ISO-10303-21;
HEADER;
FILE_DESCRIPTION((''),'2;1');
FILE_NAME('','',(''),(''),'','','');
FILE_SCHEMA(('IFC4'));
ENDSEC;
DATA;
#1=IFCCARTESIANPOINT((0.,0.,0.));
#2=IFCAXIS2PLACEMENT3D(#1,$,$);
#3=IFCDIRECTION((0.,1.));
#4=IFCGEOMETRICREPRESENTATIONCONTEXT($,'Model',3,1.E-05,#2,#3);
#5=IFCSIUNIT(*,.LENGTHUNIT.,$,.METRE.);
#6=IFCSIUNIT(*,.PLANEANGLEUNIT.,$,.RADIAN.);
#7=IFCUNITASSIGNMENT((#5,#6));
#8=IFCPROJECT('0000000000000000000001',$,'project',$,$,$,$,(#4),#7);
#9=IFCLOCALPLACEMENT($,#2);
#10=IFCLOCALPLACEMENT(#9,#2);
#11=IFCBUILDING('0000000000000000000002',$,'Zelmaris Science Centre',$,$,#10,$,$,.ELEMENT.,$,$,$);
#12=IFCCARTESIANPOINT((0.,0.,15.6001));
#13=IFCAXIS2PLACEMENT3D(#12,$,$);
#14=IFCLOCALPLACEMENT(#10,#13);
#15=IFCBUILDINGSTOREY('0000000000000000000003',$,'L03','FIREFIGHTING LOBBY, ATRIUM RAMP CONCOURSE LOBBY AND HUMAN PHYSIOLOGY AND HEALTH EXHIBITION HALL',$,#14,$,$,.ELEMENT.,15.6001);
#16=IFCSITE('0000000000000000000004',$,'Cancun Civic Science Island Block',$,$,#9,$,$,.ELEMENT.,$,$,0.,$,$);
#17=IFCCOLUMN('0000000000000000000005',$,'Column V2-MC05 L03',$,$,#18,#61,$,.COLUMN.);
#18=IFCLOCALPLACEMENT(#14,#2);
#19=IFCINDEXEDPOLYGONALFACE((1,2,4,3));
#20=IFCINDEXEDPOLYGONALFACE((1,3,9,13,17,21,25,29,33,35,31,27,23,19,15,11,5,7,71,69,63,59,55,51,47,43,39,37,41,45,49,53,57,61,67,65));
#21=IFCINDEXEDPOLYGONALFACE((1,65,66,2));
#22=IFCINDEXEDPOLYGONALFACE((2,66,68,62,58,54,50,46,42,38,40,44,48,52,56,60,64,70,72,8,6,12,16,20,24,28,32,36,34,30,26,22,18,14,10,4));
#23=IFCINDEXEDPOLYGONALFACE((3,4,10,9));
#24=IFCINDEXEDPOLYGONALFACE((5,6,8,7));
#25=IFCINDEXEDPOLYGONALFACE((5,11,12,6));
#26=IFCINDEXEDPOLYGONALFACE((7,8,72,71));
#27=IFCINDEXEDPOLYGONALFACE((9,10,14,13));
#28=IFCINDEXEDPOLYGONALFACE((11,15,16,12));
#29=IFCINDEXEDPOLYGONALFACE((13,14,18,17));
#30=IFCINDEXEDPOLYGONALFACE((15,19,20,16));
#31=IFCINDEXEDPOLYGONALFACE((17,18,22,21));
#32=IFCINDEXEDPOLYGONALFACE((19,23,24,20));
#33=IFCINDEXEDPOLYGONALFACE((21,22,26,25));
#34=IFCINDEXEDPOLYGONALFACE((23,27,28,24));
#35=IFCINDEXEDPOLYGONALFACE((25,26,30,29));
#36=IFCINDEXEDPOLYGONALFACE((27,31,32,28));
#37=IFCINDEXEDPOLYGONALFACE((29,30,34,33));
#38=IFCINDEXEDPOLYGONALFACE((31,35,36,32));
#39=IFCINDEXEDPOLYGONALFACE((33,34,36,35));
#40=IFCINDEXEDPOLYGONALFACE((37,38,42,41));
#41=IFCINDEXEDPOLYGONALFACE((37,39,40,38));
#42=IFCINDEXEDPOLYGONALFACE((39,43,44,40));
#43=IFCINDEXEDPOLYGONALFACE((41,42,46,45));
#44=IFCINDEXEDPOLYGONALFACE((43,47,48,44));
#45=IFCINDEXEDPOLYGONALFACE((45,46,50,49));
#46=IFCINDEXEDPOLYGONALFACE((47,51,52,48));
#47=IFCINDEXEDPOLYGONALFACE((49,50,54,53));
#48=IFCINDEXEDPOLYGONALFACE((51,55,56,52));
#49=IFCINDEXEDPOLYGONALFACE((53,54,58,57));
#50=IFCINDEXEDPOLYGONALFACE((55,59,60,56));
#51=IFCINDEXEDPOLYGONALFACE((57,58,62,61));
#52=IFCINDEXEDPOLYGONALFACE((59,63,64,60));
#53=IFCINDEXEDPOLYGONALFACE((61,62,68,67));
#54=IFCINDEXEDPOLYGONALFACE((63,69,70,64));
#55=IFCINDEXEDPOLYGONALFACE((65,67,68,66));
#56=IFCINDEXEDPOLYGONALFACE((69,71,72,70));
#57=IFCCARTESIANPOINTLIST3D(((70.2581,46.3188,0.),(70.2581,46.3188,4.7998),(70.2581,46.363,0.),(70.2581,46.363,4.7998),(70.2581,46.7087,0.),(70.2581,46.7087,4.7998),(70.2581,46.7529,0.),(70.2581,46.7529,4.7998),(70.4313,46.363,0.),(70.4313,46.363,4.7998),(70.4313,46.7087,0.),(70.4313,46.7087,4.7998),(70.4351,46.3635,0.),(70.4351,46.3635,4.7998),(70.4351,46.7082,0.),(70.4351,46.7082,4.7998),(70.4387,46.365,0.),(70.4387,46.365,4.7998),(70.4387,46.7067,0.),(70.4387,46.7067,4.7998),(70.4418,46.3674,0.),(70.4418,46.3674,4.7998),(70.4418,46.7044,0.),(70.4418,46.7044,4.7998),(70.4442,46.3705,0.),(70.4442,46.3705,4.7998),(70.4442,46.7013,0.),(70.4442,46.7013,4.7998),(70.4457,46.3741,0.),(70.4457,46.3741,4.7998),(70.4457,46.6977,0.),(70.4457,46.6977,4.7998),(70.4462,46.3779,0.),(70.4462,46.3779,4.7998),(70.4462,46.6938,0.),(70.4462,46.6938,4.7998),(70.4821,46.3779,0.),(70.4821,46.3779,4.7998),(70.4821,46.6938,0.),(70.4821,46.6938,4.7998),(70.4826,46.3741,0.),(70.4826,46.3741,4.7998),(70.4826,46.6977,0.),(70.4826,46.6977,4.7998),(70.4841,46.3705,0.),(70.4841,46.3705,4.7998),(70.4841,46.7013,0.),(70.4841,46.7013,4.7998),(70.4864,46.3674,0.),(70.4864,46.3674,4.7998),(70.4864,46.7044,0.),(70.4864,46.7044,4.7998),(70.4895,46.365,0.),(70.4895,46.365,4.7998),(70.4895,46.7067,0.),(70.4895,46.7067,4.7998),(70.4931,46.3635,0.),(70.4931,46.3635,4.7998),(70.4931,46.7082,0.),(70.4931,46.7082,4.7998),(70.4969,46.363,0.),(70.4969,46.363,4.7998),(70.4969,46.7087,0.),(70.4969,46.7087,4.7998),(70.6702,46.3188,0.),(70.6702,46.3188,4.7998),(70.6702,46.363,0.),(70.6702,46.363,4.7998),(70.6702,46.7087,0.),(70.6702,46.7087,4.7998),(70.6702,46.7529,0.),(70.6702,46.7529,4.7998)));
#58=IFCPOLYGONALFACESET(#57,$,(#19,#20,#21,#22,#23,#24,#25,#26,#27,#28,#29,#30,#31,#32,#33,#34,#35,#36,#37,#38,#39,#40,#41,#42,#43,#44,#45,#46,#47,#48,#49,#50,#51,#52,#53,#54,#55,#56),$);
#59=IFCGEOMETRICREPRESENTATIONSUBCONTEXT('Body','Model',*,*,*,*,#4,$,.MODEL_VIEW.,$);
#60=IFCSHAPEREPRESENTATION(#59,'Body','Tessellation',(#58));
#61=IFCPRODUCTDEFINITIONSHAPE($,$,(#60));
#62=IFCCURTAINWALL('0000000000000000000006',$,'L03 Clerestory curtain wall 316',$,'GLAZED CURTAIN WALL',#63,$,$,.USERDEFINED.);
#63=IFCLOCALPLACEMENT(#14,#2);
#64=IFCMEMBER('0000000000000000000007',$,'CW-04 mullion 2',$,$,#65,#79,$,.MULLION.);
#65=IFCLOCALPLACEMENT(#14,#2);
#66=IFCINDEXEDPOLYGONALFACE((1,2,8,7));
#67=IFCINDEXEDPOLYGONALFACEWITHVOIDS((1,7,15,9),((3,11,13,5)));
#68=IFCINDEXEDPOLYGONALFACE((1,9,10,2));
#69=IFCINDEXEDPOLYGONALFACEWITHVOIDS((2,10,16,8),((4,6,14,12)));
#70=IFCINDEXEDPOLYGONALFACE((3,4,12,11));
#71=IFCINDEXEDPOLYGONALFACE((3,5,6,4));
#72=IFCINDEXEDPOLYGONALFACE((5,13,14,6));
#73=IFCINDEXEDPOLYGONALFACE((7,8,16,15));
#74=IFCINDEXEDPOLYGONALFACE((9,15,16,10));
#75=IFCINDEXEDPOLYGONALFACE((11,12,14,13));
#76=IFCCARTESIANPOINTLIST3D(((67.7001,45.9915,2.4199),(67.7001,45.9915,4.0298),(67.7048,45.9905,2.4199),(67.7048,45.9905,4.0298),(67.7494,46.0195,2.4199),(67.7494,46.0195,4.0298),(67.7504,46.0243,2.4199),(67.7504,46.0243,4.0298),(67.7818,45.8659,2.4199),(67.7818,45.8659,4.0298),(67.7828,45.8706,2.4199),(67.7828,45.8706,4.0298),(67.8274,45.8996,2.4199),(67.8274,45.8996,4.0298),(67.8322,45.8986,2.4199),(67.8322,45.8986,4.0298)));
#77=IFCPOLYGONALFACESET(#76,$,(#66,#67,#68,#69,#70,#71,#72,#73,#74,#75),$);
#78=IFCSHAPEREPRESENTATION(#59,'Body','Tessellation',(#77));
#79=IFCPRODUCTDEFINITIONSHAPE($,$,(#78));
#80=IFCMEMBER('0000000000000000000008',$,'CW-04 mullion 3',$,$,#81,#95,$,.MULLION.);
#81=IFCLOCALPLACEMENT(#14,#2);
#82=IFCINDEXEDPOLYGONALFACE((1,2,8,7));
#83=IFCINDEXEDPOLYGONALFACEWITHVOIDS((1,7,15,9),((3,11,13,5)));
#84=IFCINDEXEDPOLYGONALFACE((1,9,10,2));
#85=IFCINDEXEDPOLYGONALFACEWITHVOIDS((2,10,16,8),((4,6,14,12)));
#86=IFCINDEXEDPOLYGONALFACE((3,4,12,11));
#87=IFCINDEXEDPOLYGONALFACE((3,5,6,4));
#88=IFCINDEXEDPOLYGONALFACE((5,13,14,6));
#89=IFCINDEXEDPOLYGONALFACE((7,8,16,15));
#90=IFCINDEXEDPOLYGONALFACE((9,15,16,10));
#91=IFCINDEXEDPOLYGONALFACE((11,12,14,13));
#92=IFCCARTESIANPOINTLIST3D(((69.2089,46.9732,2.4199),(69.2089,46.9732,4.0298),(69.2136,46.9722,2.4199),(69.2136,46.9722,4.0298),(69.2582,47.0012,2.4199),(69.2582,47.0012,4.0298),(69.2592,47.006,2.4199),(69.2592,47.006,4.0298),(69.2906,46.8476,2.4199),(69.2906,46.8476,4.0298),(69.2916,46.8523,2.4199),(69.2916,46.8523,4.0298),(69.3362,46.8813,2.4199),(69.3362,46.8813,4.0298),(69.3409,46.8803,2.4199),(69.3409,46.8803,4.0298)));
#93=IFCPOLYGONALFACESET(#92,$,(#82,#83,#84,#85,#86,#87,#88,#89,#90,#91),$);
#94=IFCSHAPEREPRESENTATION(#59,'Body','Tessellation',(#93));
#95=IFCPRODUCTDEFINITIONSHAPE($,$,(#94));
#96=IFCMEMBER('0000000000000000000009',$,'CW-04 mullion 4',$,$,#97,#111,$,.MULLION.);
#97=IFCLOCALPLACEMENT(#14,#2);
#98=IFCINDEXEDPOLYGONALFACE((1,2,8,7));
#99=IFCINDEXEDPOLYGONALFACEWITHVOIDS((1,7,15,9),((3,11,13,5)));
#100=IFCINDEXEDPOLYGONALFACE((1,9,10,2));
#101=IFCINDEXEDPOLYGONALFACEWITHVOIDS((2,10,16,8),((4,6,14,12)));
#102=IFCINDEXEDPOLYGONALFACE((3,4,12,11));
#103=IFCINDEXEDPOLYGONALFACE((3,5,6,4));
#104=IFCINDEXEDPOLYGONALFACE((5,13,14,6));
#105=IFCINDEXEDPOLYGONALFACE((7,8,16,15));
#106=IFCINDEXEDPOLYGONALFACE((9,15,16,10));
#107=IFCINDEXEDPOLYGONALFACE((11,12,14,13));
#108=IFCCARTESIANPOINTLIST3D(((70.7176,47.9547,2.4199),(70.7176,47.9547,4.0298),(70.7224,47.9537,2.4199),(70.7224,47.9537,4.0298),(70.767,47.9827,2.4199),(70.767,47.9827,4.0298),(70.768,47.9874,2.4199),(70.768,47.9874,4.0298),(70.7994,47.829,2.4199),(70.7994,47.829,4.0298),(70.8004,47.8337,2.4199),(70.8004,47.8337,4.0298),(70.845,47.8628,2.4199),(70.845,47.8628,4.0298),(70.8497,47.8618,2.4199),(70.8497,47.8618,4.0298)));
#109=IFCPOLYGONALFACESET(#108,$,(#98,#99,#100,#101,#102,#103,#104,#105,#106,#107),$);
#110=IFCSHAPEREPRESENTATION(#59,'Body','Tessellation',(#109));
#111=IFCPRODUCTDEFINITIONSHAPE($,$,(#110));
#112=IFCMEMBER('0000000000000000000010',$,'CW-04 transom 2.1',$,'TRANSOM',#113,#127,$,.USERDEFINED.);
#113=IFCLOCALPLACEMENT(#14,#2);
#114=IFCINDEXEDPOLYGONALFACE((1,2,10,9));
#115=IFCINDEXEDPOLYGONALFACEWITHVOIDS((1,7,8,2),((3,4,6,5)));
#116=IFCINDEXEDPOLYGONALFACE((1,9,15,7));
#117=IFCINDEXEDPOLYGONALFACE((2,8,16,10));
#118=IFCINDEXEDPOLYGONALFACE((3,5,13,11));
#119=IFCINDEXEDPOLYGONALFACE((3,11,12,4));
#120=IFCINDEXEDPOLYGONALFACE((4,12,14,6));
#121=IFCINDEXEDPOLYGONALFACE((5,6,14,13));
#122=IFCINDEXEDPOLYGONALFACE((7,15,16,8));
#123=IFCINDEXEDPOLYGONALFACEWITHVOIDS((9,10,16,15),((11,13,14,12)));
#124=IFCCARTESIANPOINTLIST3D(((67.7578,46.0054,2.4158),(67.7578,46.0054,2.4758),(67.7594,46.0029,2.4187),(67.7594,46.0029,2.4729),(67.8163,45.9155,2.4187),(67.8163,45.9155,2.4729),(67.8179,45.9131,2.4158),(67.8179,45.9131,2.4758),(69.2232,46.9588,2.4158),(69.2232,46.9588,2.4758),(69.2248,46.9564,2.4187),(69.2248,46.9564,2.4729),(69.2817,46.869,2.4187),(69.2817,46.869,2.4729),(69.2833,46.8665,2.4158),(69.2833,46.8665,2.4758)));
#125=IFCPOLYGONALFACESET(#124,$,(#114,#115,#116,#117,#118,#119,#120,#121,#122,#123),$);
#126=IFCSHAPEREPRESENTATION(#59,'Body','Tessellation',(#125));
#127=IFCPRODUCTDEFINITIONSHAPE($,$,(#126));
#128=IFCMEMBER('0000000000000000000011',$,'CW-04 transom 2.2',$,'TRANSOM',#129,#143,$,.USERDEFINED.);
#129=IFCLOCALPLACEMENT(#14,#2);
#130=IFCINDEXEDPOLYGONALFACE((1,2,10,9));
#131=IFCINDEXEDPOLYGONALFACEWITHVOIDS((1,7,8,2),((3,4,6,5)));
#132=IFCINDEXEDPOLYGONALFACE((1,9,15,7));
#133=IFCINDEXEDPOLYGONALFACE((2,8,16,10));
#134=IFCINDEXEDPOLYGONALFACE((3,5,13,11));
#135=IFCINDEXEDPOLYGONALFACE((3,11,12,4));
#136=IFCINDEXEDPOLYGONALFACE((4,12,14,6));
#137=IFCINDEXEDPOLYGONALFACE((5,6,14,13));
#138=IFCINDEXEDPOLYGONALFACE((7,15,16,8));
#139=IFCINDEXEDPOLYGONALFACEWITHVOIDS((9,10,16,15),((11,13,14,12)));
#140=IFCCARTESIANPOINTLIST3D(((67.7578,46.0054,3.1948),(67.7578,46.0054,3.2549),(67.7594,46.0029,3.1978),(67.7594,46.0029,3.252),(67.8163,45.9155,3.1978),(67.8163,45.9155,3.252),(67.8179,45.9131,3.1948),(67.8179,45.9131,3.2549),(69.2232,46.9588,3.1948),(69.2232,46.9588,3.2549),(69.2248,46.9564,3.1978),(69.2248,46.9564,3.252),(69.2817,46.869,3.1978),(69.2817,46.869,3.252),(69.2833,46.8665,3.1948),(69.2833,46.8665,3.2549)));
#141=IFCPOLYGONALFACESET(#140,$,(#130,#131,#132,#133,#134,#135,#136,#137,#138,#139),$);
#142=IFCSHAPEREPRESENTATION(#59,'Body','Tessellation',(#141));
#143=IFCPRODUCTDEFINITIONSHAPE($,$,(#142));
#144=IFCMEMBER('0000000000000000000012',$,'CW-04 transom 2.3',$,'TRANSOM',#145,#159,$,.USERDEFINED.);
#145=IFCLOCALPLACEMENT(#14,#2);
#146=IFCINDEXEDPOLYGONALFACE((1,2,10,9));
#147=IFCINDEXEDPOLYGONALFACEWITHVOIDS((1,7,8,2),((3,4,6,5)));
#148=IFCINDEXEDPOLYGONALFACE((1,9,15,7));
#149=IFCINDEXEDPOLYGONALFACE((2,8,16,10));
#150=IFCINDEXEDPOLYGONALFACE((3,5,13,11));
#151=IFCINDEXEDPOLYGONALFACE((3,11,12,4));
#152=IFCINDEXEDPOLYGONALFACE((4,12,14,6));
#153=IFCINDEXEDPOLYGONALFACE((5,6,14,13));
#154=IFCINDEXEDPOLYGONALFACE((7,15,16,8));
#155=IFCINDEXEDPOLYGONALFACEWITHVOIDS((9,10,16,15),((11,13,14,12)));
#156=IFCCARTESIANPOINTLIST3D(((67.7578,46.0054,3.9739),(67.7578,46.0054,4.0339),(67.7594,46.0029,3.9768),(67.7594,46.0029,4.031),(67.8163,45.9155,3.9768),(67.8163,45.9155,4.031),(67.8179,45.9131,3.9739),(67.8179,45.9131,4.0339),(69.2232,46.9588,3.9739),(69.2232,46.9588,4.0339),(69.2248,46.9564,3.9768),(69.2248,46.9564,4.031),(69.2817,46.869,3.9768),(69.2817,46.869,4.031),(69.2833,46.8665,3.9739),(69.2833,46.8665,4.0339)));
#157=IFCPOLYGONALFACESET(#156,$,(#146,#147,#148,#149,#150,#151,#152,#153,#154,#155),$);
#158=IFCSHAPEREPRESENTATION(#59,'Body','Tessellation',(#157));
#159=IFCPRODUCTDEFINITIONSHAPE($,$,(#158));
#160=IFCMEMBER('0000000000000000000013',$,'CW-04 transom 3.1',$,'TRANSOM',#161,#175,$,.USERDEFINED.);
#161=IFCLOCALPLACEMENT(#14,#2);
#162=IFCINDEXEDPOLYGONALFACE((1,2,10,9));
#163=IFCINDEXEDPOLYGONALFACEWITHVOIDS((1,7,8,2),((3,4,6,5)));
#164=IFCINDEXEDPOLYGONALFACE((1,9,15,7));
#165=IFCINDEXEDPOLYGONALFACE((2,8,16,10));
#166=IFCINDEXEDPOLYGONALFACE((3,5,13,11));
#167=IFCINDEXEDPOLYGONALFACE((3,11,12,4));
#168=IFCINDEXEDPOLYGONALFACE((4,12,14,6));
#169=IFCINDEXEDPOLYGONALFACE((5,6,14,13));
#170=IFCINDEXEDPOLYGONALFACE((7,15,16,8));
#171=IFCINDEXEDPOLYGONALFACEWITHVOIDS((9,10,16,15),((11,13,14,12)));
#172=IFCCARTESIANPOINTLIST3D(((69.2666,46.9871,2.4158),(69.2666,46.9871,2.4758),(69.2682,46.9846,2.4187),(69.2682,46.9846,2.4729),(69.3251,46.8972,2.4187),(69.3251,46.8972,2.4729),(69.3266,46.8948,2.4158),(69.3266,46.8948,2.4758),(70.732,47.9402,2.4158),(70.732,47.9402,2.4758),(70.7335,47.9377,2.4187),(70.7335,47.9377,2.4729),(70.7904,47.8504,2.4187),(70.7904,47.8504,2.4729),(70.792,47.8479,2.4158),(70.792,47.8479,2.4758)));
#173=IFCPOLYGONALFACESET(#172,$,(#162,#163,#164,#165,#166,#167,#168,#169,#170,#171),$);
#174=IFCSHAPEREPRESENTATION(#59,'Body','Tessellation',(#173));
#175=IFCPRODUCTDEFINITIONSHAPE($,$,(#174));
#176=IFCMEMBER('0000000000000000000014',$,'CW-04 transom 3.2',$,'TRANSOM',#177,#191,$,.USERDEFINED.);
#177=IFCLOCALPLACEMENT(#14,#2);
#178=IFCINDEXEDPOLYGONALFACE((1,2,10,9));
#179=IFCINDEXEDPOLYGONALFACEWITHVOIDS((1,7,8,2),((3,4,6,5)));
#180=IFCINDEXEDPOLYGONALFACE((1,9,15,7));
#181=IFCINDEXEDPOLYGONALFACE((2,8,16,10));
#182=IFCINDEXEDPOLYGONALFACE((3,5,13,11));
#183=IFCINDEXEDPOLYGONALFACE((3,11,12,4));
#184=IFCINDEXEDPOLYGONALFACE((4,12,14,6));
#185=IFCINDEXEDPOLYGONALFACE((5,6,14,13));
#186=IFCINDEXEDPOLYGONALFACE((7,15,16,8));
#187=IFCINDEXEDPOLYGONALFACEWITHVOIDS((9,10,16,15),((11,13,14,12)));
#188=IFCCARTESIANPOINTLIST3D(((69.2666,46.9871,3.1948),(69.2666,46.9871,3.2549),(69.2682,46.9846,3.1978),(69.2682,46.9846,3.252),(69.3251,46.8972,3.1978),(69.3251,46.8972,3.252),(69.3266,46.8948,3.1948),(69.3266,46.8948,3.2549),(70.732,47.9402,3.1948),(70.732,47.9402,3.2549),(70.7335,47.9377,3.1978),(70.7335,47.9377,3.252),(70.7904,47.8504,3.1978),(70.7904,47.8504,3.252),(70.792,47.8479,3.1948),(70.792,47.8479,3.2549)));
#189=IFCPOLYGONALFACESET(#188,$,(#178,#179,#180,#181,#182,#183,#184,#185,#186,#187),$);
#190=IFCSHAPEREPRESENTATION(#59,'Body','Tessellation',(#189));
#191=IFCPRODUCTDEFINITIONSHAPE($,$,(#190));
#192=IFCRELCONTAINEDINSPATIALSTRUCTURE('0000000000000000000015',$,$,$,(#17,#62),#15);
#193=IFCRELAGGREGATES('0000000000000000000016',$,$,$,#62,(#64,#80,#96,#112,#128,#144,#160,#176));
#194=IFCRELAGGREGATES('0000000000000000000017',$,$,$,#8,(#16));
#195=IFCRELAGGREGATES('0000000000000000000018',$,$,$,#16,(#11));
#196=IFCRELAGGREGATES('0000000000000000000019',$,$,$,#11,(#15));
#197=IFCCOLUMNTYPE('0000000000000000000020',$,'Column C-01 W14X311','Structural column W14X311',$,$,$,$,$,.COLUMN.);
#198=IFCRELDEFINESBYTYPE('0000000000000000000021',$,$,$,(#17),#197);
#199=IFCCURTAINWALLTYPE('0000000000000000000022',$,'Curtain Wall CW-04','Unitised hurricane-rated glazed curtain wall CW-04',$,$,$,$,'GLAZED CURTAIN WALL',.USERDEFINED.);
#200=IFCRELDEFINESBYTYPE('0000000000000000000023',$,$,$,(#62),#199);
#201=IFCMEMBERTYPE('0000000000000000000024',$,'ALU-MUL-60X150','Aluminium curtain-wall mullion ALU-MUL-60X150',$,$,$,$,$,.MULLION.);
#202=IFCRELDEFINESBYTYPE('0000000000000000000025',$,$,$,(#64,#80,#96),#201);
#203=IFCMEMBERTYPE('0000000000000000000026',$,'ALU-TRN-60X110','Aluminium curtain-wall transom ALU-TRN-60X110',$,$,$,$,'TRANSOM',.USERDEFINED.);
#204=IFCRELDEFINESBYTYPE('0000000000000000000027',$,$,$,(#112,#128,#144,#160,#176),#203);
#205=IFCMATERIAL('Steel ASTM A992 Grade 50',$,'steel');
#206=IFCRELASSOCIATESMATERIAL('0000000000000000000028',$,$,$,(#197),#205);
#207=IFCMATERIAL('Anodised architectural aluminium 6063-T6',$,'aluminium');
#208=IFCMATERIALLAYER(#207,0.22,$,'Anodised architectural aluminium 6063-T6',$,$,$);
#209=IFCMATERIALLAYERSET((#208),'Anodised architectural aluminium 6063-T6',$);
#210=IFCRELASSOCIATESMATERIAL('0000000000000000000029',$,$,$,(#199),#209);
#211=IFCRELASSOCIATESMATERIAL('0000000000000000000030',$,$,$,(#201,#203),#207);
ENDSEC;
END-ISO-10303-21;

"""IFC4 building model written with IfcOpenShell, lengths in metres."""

from ifc_helpers import new_model, si_unit, direction, frame, origin, origin_2d, place, context, subcontext, project, spatial, hollow_rectangle, i_section, extrude, material, layer, layer_set, material_profile, profile_set, type_object, element, aggregate, save


model = new_model("IFC4")

# Units and contexts
model_context = context("Model", 3, precision=1e-05, world=origin(), true_north=direction((0.0, 1.0)))
body_context = subcontext(model_context, "Body", "Model", "MODEL_VIEW")
ifc_project = project(units=[si_unit("LENGTHUNIT", "METRE"), si_unit("PLANEANGLEUNIT", "RADIAN")], contexts=[model_context])

# Site, building, storey
site_placement = place(None, origin())
site = spatial("IfcSite", under=ifc_project, at=site_placement, Name="Cancun Civic Science Island Block", CompositionType="ELEMENT", RefElevation=0.0)
building_placement = place(site_placement, origin())
building = spatial("IfcBuilding", under=site, at=building_placement, Name="Zelmaris Science Centre", CompositionType="ELEMENT")
storey_placement = place(building_placement, frame((0.0, 0.0, 15.6001)))
storey = spatial("IfcBuildingStorey", under=building, at=storey_placement, Name="L03", Description="FIREFIGHTING LOBBY, ATRIUM RAMP CONCOURSE LOBBY AND HUMAN PHYSIOLOGY AND HEALTH EXHIBITION HALL", CompositionType="ELEMENT", Elevation=15.6001)

# Column
ifc_material_1 = material(Name="Steel ASTM A992 Grade 50", Category="steel")
ifc_material_profile_1 = material_profile(ifc_material_1, i_section(OverallWidth=0.4121, OverallDepth=0.4341, WebThickness=0.0359, FlangeThickness=0.0442, FilletRadius=0.0149, at=origin_2d()), Name="W14X311")
ifc_profile_set_1 = profile_set([ifc_material_profile_1], Name="Steel ASTM A992 Grade 50")
column_type = type_object("IfcColumnType", Name="Column C-01 W14X311", Description="Structural column W14X311", PredefinedType="COLUMN", material=ifc_profile_set_1)
column_placement = place(storey_placement, frame((70.4641, 46.5359, 0.0), z_axis=(0.0, 0.0, 1.0), x_axis=(1.0, 0.0, 0.0)))
element("IfcColumn", 1, at=column_placement, inside=storey, type_object=column_type, Name="Column V2-MC05 L03", PredefinedType="COLUMN", context=body_context, shape_type="SweptSolid", body=[
    extrude(i_section(OverallWidth=0.4121, OverallDepth=0.4341, WebThickness=0.0359, FlangeThickness=0.0442, FilletRadius=0.0149, at=origin_2d()), origin(), (0.0, 0.0, 1.0), 4.7998),
])

# Curtain wall, members
ifc_material_2 = material(Name="Anodised architectural aluminium 6063-T6", Category="aluminium")
ifc_layer_1 = layer(ifc_material_2, 0.22, Name="Anodised architectural aluminium 6063-T6")
ifc_layer_set_1 = layer_set([ifc_layer_1], Name="Anodised architectural aluminium 6063-T6")
curtain_wall_type = type_object("IfcCurtainWallType", Name="Curtain Wall CW-04", Description="Unitised hurricane-rated glazed curtain wall CW-04", ElementType="GLAZED CURTAIN WALL", PredefinedType="USERDEFINED", material=ifc_layer_set_1)
curtain_wall_placement = place(storey_placement, origin())
curtain_wall = element("IfcCurtainWall", 2, at=curtain_wall_placement, inside=storey, type_object=curtain_wall_type, Name="L03 Clerestory curtain wall 316", ObjectType="GLAZED CURTAIN WALL", PredefinedType="USERDEFINED")
ifc_material_profile_2 = material_profile(ifc_material_2, hollow_rectangle(XDim=0.0601, YDim=0.1499, WallThickness=0.0034, at=origin_2d()), Name="ALU-MUL-60X150")
ifc_profile_set_2 = profile_set([ifc_material_profile_2], Name="Anodised architectural aluminium 6063-T6")
member_type_1 = type_object("IfcMemberType", Name="ALU-MUL-60X150", Description="Aluminium curtain-wall mullion ALU-MUL-60X150", PredefinedType="MULLION", material=ifc_profile_set_2)
member_1_placement = place(storey_placement, frame((67.7661, 45.9451, 2.4199), z_axis=(0.0, 0.0, 1.0), x_axis=(0.838228, 0.54532, 0.0)))
member_1 = element("IfcMember", 3, at=member_1_placement, type_object=member_type_1, Name="CW-04 mullion 2", PredefinedType="MULLION", context=body_context, shape_type="SweptSolid", body=[
    extrude(hollow_rectangle(XDim=0.0601, YDim=0.1499, WallThickness=0.0034, at=origin_2d()), origin(), (0.0, 0.0, 1.0), 1.6099),
])
member_2_placement = place(storey_placement, frame((69.2749, 46.9268, 2.4199), z_axis=(0.0, 0.0, 1.0), x_axis=(0.838228, 0.54532, 0.0)))
member_2 = element("IfcMember", 4, at=member_2_placement, type_object=member_type_1, Name="CW-04 mullion 3", PredefinedType="MULLION", context=body_context, shape_type="SweptSolid", body=[
    extrude(hollow_rectangle(XDim=0.0601, YDim=0.1499, WallThickness=0.0034, at=origin_2d()), origin(), (0.0, 0.0, 1.0), 1.6099),
])
member_3_placement = place(storey_placement, frame((70.7837, 47.9082, 2.4199), z_axis=(0.0, 0.0, 1.0), x_axis=(0.838228, 0.54532, 0.0)))
member_3 = element("IfcMember", 5, at=member_3_placement, type_object=member_type_1, Name="CW-04 mullion 4", PredefinedType="MULLION", context=body_context, shape_type="SweptSolid", body=[
    extrude(hollow_rectangle(XDim=0.0601, YDim=0.1499, WallThickness=0.0034, at=origin_2d()), origin(), (0.0, 0.0, 1.0), 1.6099),
])
ifc_material_profile_3 = material_profile(ifc_material_2, hollow_rectangle(XDim=0.0601, YDim=0.1101, WallThickness=0.0029, at=origin_2d()), Name="ALU-TRN-60X110")
ifc_profile_set_3 = profile_set([ifc_material_profile_3], Name="Anodised architectural aluminium 6063-T6")
member_type_2 = type_object("IfcMemberType", Name="ALU-TRN-60X110", Description="Aluminium curtain-wall transom ALU-TRN-60X110", ElementType="TRANSOM", PredefinedType="USERDEFINED", material=ifc_profile_set_3)
member_4_placement = place(storey_placement, frame((67.7878, 45.9592, 2.4458), z_axis=(0.838207, 0.545352, 0.0), x_axis=(0.0, 0.0, 1.0)))
member_4 = element("IfcMember", 6, at=member_4_placement, type_object=member_type_2, Name="CW-04 transom 2.1", ObjectType="TRANSOM", PredefinedType="USERDEFINED", context=body_context, shape_type="SweptSolid", body=[
    extrude(hollow_rectangle(XDim=0.0601, YDim=0.1101, WallThickness=0.0029, at=origin_2d()), origin(), (0.0, 0.0, 1.0), 1.7483),
])
member_5_placement = place(storey_placement, frame((67.7878, 45.9592, 3.2249), z_axis=(0.838207, 0.545352, 0.0), x_axis=(0.0, 0.0, 1.0)))
member_5 = element("IfcMember", 7, at=member_5_placement, type_object=member_type_2, Name="CW-04 transom 2.2", ObjectType="TRANSOM", PredefinedType="USERDEFINED", context=body_context, shape_type="SweptSolid", body=[
    extrude(hollow_rectangle(XDim=0.0601, YDim=0.1101, WallThickness=0.0029, at=origin_2d()), origin(), (0.0, 0.0, 1.0), 1.7483),
])
member_6_placement = place(storey_placement, frame((67.7878, 45.9592, 4.0039), z_axis=(0.838207, 0.545352, 0.0), x_axis=(0.0, 0.0, 1.0)))
member_6 = element("IfcMember", 8, at=member_6_placement, type_object=member_type_2, Name="CW-04 transom 2.3", ObjectType="TRANSOM", PredefinedType="USERDEFINED", context=body_context, shape_type="SweptSolid", body=[
    extrude(hollow_rectangle(XDim=0.0601, YDim=0.1101, WallThickness=0.0029, at=origin_2d()), origin(), (0.0, 0.0, 1.0), 1.7483),
])
member_7_placement = place(storey_placement, frame((69.2966, 46.9409, 2.4458), z_axis=(0.838271, 0.545253, 0.0), x_axis=(0.0, 0.0, 1.0)))
member_7 = element("IfcMember", 9, at=member_7_placement, type_object=member_type_2, Name="CW-04 transom 3.1", ObjectType="TRANSOM", PredefinedType="USERDEFINED", context=body_context, shape_type="SweptSolid", body=[
    extrude(hollow_rectangle(XDim=0.0601, YDim=0.1101, WallThickness=0.0029, at=origin_2d()), origin(), (0.0, 0.0, 1.0), 1.748),
])
member_8_placement = place(storey_placement, frame((69.2966, 46.9409, 3.2249), z_axis=(0.838271, 0.545253, 0.0), x_axis=(0.0, 0.0, 1.0)))
member_8 = element("IfcMember", 10, at=member_8_placement, type_object=member_type_2, Name="CW-04 transom 3.2", ObjectType="TRANSOM", PredefinedType="USERDEFINED", context=body_context, shape_type="SweptSolid", body=[
    extrude(hollow_rectangle(XDim=0.0601, YDim=0.1101, WallThickness=0.0029, at=origin_2d()), origin(), (0.0, 0.0, 1.0), 1.748),
])

aggregate(curtain_wall, [member_1, member_2, member_3, member_4, member_5, member_6, member_7, member_8])

save(model, "model.ifc")
